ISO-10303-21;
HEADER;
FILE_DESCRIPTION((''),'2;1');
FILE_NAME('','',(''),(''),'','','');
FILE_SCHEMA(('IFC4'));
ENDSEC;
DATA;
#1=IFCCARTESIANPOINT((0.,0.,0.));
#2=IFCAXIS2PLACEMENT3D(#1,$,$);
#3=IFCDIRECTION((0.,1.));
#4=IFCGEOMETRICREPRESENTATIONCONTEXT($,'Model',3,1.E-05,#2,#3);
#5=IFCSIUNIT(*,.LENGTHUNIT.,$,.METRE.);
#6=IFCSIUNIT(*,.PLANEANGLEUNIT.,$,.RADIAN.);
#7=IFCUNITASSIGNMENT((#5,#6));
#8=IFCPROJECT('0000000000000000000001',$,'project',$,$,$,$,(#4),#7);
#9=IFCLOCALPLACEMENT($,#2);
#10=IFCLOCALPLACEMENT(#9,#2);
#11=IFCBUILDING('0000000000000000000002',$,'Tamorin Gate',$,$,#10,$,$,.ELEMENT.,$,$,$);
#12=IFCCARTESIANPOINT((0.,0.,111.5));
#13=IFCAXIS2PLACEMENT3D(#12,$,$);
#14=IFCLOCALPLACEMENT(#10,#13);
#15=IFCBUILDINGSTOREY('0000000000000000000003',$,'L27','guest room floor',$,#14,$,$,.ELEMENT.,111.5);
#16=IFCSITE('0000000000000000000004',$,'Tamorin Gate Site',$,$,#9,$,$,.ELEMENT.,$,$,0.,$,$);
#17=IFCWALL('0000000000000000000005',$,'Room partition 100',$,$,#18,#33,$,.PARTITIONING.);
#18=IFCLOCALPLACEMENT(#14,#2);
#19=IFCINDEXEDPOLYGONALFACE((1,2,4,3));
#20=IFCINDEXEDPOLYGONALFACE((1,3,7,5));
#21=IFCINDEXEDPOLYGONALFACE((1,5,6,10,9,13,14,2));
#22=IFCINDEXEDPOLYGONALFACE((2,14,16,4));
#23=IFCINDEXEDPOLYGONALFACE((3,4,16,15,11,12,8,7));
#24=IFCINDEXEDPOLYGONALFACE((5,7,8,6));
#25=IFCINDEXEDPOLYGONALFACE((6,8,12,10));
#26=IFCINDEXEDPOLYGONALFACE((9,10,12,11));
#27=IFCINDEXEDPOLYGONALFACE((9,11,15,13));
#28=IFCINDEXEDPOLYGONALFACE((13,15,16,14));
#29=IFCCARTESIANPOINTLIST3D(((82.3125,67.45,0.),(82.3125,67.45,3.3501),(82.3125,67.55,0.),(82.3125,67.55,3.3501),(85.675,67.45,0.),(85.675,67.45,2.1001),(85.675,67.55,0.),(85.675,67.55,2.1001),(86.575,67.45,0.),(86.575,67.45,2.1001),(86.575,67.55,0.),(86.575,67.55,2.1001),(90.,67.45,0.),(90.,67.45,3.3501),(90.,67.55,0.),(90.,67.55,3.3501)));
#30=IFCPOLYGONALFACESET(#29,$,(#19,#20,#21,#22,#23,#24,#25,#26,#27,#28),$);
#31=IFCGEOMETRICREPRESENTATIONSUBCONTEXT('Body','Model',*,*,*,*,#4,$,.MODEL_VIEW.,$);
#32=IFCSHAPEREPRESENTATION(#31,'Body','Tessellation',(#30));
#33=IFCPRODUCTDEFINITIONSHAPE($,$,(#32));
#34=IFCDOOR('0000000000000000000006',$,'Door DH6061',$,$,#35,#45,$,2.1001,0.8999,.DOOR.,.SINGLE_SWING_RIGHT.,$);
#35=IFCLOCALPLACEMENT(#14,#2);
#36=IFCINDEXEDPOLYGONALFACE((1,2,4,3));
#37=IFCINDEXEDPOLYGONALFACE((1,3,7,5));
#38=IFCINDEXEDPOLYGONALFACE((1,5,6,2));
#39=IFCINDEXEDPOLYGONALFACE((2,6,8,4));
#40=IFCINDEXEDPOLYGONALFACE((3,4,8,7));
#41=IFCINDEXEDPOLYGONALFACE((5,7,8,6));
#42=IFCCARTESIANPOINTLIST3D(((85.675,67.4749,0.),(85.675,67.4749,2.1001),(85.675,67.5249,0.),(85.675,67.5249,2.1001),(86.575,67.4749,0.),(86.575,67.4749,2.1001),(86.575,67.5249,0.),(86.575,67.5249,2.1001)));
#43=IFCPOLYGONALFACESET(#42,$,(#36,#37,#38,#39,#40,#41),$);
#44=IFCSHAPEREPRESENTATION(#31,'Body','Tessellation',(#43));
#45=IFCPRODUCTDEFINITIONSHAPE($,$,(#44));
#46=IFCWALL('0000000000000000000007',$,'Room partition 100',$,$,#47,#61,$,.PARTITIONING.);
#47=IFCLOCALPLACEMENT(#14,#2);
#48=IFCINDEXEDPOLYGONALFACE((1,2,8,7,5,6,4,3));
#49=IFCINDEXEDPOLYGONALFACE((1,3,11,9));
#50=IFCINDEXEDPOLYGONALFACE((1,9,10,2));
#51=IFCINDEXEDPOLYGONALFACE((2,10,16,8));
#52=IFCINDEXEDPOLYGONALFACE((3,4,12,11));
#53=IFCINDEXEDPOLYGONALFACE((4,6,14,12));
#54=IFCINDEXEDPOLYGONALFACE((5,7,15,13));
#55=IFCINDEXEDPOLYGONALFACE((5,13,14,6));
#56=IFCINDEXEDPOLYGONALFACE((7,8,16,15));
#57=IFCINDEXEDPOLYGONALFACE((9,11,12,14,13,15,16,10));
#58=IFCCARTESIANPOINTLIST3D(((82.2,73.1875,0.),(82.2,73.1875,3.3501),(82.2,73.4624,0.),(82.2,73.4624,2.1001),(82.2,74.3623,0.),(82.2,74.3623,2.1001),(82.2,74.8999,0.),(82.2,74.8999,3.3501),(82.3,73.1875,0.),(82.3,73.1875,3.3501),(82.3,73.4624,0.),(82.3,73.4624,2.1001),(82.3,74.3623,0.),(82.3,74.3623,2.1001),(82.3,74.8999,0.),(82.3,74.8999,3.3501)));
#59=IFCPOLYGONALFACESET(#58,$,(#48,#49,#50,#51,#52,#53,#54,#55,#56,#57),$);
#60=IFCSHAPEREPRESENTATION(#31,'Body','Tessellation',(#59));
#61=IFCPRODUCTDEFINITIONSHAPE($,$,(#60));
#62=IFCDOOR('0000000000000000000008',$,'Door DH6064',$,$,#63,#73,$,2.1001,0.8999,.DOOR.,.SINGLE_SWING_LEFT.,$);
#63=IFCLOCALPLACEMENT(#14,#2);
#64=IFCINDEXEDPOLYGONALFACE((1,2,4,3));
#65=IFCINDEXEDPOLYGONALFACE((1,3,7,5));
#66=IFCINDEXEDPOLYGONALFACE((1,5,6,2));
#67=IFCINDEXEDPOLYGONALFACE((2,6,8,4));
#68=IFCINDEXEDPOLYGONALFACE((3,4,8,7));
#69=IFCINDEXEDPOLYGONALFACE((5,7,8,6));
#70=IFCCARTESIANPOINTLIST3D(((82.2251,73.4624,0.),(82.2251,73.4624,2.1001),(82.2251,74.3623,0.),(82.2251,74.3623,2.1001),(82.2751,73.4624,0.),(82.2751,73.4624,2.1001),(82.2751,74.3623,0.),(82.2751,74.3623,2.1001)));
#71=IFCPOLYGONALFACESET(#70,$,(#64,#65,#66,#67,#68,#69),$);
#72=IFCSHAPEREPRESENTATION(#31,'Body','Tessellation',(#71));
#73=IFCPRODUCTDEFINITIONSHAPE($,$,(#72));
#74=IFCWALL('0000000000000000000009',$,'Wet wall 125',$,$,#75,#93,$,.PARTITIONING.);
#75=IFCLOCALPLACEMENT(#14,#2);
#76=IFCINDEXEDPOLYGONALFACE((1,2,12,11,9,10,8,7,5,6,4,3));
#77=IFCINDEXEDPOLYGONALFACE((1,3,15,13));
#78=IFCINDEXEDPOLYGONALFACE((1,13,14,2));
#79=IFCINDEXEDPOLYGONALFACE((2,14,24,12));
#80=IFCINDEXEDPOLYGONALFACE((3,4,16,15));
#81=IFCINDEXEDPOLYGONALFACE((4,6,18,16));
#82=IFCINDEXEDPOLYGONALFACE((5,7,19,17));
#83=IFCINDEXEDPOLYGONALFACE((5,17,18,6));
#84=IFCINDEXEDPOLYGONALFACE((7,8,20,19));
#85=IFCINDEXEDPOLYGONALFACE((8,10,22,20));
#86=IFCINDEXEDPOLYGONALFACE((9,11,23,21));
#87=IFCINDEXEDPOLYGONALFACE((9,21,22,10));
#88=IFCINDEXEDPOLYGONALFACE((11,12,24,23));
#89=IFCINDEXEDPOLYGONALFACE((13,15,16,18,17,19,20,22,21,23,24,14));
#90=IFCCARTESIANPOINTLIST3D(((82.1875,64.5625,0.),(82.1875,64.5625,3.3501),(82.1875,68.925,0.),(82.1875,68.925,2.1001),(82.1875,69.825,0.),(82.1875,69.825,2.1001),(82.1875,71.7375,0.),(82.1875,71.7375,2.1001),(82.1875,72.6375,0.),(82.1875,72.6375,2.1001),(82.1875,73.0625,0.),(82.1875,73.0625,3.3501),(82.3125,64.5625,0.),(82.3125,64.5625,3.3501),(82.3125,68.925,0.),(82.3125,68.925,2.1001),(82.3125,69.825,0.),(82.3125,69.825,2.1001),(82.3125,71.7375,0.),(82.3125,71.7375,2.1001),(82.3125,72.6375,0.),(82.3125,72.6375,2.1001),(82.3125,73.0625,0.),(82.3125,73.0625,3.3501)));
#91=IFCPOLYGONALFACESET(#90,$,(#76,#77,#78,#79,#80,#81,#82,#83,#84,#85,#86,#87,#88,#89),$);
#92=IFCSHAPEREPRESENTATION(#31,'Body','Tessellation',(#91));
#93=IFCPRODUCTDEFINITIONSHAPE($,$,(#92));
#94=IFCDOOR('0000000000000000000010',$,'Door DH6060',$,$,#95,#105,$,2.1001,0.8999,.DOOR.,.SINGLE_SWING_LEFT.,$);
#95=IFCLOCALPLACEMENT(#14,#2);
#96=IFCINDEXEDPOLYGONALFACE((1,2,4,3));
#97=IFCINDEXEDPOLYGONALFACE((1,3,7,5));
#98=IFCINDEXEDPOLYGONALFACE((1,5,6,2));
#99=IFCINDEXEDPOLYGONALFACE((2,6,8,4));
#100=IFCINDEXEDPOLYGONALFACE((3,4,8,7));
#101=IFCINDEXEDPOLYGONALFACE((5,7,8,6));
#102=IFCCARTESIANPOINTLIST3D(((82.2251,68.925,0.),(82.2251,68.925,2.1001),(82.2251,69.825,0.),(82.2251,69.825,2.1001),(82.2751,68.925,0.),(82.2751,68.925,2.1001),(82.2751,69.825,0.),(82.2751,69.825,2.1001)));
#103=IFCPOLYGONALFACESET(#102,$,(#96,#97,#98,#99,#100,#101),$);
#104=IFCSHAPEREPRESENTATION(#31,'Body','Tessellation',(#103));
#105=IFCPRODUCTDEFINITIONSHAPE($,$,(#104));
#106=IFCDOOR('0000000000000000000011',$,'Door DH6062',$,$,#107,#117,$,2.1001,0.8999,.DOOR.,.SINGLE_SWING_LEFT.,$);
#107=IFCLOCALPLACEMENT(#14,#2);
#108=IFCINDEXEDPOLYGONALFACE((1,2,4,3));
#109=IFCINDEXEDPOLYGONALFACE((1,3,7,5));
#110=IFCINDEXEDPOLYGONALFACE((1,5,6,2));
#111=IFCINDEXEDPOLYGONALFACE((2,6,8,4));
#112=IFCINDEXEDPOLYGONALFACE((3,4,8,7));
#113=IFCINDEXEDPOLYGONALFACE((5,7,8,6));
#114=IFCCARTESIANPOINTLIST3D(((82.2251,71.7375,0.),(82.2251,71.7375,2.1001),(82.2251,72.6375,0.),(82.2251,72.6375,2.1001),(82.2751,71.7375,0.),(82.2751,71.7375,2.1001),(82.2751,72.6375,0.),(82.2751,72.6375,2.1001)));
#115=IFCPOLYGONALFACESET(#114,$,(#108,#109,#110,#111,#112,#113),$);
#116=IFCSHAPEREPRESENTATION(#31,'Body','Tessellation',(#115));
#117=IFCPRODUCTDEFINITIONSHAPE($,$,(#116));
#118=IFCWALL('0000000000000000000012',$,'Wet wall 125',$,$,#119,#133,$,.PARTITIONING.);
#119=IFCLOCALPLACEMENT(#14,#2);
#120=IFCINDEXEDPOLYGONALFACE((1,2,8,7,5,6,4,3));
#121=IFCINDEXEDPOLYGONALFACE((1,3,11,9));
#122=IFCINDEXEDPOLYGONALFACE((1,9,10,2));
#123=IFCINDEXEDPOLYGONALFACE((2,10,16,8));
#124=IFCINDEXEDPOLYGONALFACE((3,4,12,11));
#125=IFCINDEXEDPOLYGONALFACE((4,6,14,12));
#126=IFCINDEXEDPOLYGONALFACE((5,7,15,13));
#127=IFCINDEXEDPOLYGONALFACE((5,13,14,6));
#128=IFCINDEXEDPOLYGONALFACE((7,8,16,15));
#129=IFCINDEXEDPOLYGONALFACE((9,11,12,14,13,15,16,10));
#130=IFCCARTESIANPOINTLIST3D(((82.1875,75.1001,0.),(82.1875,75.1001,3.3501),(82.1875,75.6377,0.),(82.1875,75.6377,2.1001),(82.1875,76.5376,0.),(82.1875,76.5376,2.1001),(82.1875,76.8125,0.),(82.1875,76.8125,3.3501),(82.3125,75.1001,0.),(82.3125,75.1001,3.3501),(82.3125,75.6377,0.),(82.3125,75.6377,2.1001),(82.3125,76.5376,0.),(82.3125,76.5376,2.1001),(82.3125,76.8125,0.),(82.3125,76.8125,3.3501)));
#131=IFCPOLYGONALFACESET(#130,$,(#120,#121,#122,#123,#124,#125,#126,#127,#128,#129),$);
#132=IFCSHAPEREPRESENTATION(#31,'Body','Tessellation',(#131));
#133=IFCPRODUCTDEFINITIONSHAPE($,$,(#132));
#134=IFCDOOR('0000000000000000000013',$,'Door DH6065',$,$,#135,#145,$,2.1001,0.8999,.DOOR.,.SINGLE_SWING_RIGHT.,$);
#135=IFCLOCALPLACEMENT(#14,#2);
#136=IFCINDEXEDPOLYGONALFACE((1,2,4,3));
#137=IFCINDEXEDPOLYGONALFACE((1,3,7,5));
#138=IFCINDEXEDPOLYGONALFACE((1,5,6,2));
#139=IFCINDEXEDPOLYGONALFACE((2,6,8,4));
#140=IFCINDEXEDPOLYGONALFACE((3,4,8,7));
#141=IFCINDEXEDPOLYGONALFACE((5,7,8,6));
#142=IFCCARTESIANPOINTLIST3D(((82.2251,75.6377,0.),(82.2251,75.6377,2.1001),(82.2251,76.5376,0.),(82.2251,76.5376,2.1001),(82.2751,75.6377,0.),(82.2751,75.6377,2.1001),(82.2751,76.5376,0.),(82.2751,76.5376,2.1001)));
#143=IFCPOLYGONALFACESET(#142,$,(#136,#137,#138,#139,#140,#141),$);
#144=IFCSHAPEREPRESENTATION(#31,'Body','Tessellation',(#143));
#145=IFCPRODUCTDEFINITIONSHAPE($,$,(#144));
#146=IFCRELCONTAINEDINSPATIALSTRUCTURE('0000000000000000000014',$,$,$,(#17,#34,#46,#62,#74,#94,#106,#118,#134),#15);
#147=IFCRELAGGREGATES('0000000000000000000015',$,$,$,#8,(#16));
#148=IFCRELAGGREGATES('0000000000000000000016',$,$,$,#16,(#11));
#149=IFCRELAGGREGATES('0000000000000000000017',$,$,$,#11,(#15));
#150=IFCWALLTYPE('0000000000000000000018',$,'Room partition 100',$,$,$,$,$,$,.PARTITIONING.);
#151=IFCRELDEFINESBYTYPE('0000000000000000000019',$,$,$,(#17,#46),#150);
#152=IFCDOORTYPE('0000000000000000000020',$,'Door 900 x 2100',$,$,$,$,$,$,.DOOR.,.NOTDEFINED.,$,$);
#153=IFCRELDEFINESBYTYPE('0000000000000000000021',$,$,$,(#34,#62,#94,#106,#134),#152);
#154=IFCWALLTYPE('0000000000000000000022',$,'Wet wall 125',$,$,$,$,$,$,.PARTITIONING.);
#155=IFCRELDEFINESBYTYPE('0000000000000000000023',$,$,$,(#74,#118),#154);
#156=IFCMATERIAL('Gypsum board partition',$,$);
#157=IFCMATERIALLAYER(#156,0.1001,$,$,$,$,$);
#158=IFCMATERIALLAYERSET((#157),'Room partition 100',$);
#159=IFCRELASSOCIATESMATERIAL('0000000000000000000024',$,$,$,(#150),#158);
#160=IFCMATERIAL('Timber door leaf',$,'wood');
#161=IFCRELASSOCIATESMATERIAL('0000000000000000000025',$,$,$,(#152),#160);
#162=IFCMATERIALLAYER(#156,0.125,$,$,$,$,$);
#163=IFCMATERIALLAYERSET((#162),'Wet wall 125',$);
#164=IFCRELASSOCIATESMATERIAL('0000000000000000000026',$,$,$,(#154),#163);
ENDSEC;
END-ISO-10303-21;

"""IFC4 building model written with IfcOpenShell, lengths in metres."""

from ifc_helpers import new_model, si_unit, direction, frame, frame_2d, origin, place, context, subcontext, project, spatial, rectangle, extrude, material, layer, layer_set, type_object, element, fill, save


model = new_model("IFC4")

# Units and contexts
model_context = context("Model", 3, precision=1e-05, world=origin(), true_north=direction((0.0, 1.0)))
body_context = subcontext(model_context, "Body", "Model", "MODEL_VIEW")
ifc_project = project(units=[si_unit("LENGTHUNIT", "METRE"), si_unit("PLANEANGLEUNIT", "RADIAN")], contexts=[model_context])

# Site, building, storey
site_placement = place(None, origin())
site = spatial("IfcSite", under=ifc_project, at=site_placement, Name="Tamorin Gate Site", CompositionType="ELEMENT", RefElevation=0.0)
building_placement = place(site_placement, origin())
building = spatial("IfcBuilding", under=site, at=building_placement, Name="Tamorin Gate", CompositionType="ELEMENT")
storey_placement = place(building_placement, frame((0.0, 0.0, 111.5)))
storey = spatial("IfcBuildingStorey", under=building, at=storey_placement, Name="L27", Description="guest room floor", CompositionType="ELEMENT", Elevation=111.5)

# Walls, openings, doors
ifc_material_1 = material(Name="Gypsum board partition")
ifc_layer_1 = layer(ifc_material_1, 0.1001)
ifc_layer_set_1 = layer_set([ifc_layer_1], Name="Room partition 100")
wall_type_1 = type_object("IfcWallType", Name="Room partition 100", PredefinedType="PARTITIONING", material=ifc_layer_set_1)
wall_1_placement = place(storey_placement, frame((82.3125, 67.5, 0.0), z_axis=(0.0, 0.0, 1.0), x_axis=(1.0, 0.0, 0.0)))
wall_1 = element("IfcWall", 1, at=wall_1_placement, inside=storey, type_object=wall_type_1, Name="Room partition 100", PredefinedType="PARTITIONING", context=body_context, shape_type="SweptSolid", body=[
    extrude(rectangle(XDim=7.6875, YDim=0.1001, at=frame_2d((3.8438, 0.0))), origin(), (0.0, 0.0, 1.0), 3.3501),
])
opening_1_placement = place(wall_1_placement, frame((3.3625, 0.0, 0.0)))
opening_1 = element("IfcOpeningElement", 2, at=opening_1_placement, cuts=wall_1, PredefinedType="OPENING", context=body_context, shape_type="SweptSolid", body=[
    extrude(rectangle(XDim=0.8999, YDim=2.1001, at=frame_2d((0.45, 1.05))), frame((0.0, 0.0601, 0.0), z_axis=(0.0, -1.0, 0.0), x_axis=(1.0, 0.0, 0.0)), (0.0, 0.0, 1.0), 0.1201),
])
ifc_material_2 = material(Name="Timber door leaf", Category="wood")
door_type = type_object("IfcDoorType", Name="Door 900 x 2100", OperationType="NOTDEFINED", PredefinedType="DOOR", material=ifc_material_2)
door_1_placement = place(opening_1_placement, origin())
door_1 = element("IfcDoor", 3, at=door_1_placement, inside=storey, type_object=door_type, Name="Door DH6061", OperationType="SINGLE_SWING_RIGHT", OverallHeight=2.1001, OverallWidth=0.8999, PredefinedType="DOOR", context=body_context, shape_type="SweptSolid", body=[
    extrude(rectangle(XDim=0.8999, YDim=2.1001, at=frame_2d((0.45, 1.05))), frame((0.0, 0.0249, 0.0), z_axis=(0.0, -1.0, 0.0), x_axis=(1.0, 0.0, 0.0)), (0.0, 0.0, 1.0), 0.05),
])
fill(opening_1, door_1)
wall_2_placement = place(storey_placement, frame((82.25, 73.1875, 0.0), z_axis=(0.0, 0.0, 1.0), x_axis=(0.0, 1.0, 0.0)))
wall_2 = element("IfcWall", 4, at=wall_2_placement, inside=storey, type_object=wall_type_1, Name="Room partition 100", PredefinedType="PARTITIONING", context=body_context, shape_type="SweptSolid", body=[
    extrude(rectangle(XDim=1.7124, YDim=0.1001, at=frame_2d((0.8562, 0.0))), origin(), (0.0, 0.0, 1.0), 3.3501),
])
opening_2_placement = place(wall_2_placement, frame((0.2749, 0.0, 0.0)))
opening_2 = element("IfcOpeningElement", 5, at=opening_2_placement, cuts=wall_2, PredefinedType="OPENING", context=body_context, shape_type="SweptSolid", body=[
    extrude(rectangle(XDim=0.8999, YDim=2.1001, at=frame_2d((0.45, 1.05))), frame((0.0, 0.0601, 0.0), z_axis=(0.0, -1.0, 0.0), x_axis=(1.0, 0.0, 0.0)), (0.0, 0.0, 1.0), 0.1201),
])
door_2_placement = place(opening_2_placement, origin())
door_2 = element("IfcDoor", 6, at=door_2_placement, inside=storey, type_object=door_type, Name="Door DH6064", OperationType="SINGLE_SWING_LEFT", OverallHeight=2.1001, OverallWidth=0.8999, PredefinedType="DOOR", context=body_context, shape_type="SweptSolid", body=[
    extrude(rectangle(XDim=0.8999, YDim=2.1001, at=frame_2d((0.45, 1.05))), frame((0.0, 0.0249, 0.0), z_axis=(0.0, -1.0, 0.0), x_axis=(1.0, 0.0, 0.0)), (0.0, 0.0, 1.0), 0.05),
])
fill(opening_2, door_2)

# Wall, openings, doors
ifc_layer_2 = layer(ifc_material_1, 0.125)
ifc_layer_set_2 = layer_set([ifc_layer_2], Name="Wet wall 125")
wall_type_2 = type_object("IfcWallType", Name="Wet wall 125", PredefinedType="PARTITIONING", material=ifc_layer_set_2)
wall_3_placement = place(storey_placement, frame((82.25, 64.5625, 0.0), z_axis=(0.0, 0.0, 1.0), x_axis=(0.0, 1.0, 0.0)))
wall_3 = element("IfcWall", 7, at=wall_3_placement, inside=storey, type_object=wall_type_2, Name="Wet wall 125", PredefinedType="PARTITIONING", context=body_context, shape_type="SweptSolid", body=[
    extrude(rectangle(XDim=8.5, YDim=0.125, at=frame_2d((4.25, 0.0))), origin(), (0.0, 0.0, 1.0), 3.3501),
])
opening_3_placement = place(wall_3_placement, frame((4.3625, 0.0, 0.0)))
opening_3 = element("IfcOpeningElement", 8, at=opening_3_placement, cuts=wall_3, PredefinedType="OPENING", context=body_context, shape_type="SweptSolid", body=[
    extrude(rectangle(XDim=0.8999, YDim=2.1001, at=frame_2d((0.45, 1.05))), frame((0.0, 0.0725, 0.0), z_axis=(0.0, -1.0, 0.0), x_axis=(1.0, 0.0, 0.0)), (0.0, 0.0, 1.0), 0.145),
])
opening_4_placement = place(wall_3_placement, frame((7.175, 0.0, 0.0)))
opening_4 = element("IfcOpeningElement", 9, at=opening_4_placement, cuts=wall_3, PredefinedType="OPENING", context=body_context, shape_type="SweptSolid", body=[
    extrude(rectangle(XDim=0.8999, YDim=2.1001, at=frame_2d((0.45, 1.05))), frame((0.0, 0.0725, 0.0), z_axis=(0.0, -1.0, 0.0), x_axis=(1.0, 0.0, 0.0)), (0.0, 0.0, 1.0), 0.145),
])
door_3_placement = place(opening_3_placement, origin())
door_3 = element("IfcDoor", 10, at=door_3_placement, inside=storey, type_object=door_type, Name="Door DH6060", OperationType="SINGLE_SWING_LEFT", OverallHeight=2.1001, OverallWidth=0.8999, PredefinedType="DOOR", context=body_context, shape_type="SweptSolid", body=[
    extrude(rectangle(XDim=0.8999, YDim=2.1001, at=frame_2d((0.45, 1.05))), frame((0.0, 0.0249, 0.0), z_axis=(0.0, -1.0, 0.0), x_axis=(1.0, 0.0, 0.0)), (0.0, 0.0, 1.0), 0.05),
])
fill(opening_3, door_3)
door_4_placement = place(opening_4_placement, origin())
door_4 = element("IfcDoor", 11, at=door_4_placement, inside=storey, type_object=door_type, Name="Door DH6062", OperationType="SINGLE_SWING_LEFT", OverallHeight=2.1001, OverallWidth=0.8999, PredefinedType="DOOR", context=body_context, shape_type="SweptSolid", body=[
    extrude(rectangle(XDim=0.8999, YDim=2.1001, at=frame_2d((0.45, 1.05))), frame((0.0, 0.0249, 0.0), z_axis=(0.0, -1.0, 0.0), x_axis=(1.0, 0.0, 0.0)), (0.0, 0.0, 1.0), 0.05),
])
fill(opening_4, door_4)

# Wall, opening, door
wall_4_placement = place(storey_placement, frame((82.25, 75.1001, 0.0), z_axis=(0.0, 0.0, 1.0), x_axis=(0.0, 1.0, 0.0)))
wall_4 = element("IfcWall", 12, at=wall_4_placement, inside=storey, type_object=wall_type_2, Name="Wet wall 125", PredefinedType="PARTITIONING", context=body_context, shape_type="SweptSolid", body=[
    extrude(rectangle(XDim=1.7124, YDim=0.125, at=frame_2d((0.8562, 0.0))), origin(), (0.0, 0.0, 1.0), 3.3501),
])
opening_5_placement = place(wall_4_placement, frame((0.5376, 0.0, 0.0)))
opening_5 = element("IfcOpeningElement", 13, at=opening_5_placement, cuts=wall_4, PredefinedType="OPENING", context=body_context, shape_type="SweptSolid", body=[
    extrude(rectangle(XDim=0.8999, YDim=2.1001, at=frame_2d((0.45, 1.05))), frame((0.0, 0.0725, 0.0), z_axis=(0.0, -1.0, 0.0), x_axis=(1.0, 0.0, 0.0)), (0.0, 0.0, 1.0), 0.145),
])
door_5_placement = place(opening_5_placement, origin())
door_5 = element("IfcDoor", 14, at=door_5_placement, inside=storey, type_object=door_type, Name="Door DH6065", OperationType="SINGLE_SWING_RIGHT", OverallHeight=2.1001, OverallWidth=0.8999, PredefinedType="DOOR", context=body_context, shape_type="SweptSolid", body=[
    extrude(rectangle(XDim=0.8999, YDim=2.1001, at=frame_2d((0.45, 1.05))), frame((0.0, 0.0249, 0.0), z_axis=(0.0, -1.0, 0.0), x_axis=(1.0, 0.0, 0.0)), (0.0, 0.0, 1.0), 0.05),
])
fill(opening_5, door_5)

save(model, "model.ifc")
